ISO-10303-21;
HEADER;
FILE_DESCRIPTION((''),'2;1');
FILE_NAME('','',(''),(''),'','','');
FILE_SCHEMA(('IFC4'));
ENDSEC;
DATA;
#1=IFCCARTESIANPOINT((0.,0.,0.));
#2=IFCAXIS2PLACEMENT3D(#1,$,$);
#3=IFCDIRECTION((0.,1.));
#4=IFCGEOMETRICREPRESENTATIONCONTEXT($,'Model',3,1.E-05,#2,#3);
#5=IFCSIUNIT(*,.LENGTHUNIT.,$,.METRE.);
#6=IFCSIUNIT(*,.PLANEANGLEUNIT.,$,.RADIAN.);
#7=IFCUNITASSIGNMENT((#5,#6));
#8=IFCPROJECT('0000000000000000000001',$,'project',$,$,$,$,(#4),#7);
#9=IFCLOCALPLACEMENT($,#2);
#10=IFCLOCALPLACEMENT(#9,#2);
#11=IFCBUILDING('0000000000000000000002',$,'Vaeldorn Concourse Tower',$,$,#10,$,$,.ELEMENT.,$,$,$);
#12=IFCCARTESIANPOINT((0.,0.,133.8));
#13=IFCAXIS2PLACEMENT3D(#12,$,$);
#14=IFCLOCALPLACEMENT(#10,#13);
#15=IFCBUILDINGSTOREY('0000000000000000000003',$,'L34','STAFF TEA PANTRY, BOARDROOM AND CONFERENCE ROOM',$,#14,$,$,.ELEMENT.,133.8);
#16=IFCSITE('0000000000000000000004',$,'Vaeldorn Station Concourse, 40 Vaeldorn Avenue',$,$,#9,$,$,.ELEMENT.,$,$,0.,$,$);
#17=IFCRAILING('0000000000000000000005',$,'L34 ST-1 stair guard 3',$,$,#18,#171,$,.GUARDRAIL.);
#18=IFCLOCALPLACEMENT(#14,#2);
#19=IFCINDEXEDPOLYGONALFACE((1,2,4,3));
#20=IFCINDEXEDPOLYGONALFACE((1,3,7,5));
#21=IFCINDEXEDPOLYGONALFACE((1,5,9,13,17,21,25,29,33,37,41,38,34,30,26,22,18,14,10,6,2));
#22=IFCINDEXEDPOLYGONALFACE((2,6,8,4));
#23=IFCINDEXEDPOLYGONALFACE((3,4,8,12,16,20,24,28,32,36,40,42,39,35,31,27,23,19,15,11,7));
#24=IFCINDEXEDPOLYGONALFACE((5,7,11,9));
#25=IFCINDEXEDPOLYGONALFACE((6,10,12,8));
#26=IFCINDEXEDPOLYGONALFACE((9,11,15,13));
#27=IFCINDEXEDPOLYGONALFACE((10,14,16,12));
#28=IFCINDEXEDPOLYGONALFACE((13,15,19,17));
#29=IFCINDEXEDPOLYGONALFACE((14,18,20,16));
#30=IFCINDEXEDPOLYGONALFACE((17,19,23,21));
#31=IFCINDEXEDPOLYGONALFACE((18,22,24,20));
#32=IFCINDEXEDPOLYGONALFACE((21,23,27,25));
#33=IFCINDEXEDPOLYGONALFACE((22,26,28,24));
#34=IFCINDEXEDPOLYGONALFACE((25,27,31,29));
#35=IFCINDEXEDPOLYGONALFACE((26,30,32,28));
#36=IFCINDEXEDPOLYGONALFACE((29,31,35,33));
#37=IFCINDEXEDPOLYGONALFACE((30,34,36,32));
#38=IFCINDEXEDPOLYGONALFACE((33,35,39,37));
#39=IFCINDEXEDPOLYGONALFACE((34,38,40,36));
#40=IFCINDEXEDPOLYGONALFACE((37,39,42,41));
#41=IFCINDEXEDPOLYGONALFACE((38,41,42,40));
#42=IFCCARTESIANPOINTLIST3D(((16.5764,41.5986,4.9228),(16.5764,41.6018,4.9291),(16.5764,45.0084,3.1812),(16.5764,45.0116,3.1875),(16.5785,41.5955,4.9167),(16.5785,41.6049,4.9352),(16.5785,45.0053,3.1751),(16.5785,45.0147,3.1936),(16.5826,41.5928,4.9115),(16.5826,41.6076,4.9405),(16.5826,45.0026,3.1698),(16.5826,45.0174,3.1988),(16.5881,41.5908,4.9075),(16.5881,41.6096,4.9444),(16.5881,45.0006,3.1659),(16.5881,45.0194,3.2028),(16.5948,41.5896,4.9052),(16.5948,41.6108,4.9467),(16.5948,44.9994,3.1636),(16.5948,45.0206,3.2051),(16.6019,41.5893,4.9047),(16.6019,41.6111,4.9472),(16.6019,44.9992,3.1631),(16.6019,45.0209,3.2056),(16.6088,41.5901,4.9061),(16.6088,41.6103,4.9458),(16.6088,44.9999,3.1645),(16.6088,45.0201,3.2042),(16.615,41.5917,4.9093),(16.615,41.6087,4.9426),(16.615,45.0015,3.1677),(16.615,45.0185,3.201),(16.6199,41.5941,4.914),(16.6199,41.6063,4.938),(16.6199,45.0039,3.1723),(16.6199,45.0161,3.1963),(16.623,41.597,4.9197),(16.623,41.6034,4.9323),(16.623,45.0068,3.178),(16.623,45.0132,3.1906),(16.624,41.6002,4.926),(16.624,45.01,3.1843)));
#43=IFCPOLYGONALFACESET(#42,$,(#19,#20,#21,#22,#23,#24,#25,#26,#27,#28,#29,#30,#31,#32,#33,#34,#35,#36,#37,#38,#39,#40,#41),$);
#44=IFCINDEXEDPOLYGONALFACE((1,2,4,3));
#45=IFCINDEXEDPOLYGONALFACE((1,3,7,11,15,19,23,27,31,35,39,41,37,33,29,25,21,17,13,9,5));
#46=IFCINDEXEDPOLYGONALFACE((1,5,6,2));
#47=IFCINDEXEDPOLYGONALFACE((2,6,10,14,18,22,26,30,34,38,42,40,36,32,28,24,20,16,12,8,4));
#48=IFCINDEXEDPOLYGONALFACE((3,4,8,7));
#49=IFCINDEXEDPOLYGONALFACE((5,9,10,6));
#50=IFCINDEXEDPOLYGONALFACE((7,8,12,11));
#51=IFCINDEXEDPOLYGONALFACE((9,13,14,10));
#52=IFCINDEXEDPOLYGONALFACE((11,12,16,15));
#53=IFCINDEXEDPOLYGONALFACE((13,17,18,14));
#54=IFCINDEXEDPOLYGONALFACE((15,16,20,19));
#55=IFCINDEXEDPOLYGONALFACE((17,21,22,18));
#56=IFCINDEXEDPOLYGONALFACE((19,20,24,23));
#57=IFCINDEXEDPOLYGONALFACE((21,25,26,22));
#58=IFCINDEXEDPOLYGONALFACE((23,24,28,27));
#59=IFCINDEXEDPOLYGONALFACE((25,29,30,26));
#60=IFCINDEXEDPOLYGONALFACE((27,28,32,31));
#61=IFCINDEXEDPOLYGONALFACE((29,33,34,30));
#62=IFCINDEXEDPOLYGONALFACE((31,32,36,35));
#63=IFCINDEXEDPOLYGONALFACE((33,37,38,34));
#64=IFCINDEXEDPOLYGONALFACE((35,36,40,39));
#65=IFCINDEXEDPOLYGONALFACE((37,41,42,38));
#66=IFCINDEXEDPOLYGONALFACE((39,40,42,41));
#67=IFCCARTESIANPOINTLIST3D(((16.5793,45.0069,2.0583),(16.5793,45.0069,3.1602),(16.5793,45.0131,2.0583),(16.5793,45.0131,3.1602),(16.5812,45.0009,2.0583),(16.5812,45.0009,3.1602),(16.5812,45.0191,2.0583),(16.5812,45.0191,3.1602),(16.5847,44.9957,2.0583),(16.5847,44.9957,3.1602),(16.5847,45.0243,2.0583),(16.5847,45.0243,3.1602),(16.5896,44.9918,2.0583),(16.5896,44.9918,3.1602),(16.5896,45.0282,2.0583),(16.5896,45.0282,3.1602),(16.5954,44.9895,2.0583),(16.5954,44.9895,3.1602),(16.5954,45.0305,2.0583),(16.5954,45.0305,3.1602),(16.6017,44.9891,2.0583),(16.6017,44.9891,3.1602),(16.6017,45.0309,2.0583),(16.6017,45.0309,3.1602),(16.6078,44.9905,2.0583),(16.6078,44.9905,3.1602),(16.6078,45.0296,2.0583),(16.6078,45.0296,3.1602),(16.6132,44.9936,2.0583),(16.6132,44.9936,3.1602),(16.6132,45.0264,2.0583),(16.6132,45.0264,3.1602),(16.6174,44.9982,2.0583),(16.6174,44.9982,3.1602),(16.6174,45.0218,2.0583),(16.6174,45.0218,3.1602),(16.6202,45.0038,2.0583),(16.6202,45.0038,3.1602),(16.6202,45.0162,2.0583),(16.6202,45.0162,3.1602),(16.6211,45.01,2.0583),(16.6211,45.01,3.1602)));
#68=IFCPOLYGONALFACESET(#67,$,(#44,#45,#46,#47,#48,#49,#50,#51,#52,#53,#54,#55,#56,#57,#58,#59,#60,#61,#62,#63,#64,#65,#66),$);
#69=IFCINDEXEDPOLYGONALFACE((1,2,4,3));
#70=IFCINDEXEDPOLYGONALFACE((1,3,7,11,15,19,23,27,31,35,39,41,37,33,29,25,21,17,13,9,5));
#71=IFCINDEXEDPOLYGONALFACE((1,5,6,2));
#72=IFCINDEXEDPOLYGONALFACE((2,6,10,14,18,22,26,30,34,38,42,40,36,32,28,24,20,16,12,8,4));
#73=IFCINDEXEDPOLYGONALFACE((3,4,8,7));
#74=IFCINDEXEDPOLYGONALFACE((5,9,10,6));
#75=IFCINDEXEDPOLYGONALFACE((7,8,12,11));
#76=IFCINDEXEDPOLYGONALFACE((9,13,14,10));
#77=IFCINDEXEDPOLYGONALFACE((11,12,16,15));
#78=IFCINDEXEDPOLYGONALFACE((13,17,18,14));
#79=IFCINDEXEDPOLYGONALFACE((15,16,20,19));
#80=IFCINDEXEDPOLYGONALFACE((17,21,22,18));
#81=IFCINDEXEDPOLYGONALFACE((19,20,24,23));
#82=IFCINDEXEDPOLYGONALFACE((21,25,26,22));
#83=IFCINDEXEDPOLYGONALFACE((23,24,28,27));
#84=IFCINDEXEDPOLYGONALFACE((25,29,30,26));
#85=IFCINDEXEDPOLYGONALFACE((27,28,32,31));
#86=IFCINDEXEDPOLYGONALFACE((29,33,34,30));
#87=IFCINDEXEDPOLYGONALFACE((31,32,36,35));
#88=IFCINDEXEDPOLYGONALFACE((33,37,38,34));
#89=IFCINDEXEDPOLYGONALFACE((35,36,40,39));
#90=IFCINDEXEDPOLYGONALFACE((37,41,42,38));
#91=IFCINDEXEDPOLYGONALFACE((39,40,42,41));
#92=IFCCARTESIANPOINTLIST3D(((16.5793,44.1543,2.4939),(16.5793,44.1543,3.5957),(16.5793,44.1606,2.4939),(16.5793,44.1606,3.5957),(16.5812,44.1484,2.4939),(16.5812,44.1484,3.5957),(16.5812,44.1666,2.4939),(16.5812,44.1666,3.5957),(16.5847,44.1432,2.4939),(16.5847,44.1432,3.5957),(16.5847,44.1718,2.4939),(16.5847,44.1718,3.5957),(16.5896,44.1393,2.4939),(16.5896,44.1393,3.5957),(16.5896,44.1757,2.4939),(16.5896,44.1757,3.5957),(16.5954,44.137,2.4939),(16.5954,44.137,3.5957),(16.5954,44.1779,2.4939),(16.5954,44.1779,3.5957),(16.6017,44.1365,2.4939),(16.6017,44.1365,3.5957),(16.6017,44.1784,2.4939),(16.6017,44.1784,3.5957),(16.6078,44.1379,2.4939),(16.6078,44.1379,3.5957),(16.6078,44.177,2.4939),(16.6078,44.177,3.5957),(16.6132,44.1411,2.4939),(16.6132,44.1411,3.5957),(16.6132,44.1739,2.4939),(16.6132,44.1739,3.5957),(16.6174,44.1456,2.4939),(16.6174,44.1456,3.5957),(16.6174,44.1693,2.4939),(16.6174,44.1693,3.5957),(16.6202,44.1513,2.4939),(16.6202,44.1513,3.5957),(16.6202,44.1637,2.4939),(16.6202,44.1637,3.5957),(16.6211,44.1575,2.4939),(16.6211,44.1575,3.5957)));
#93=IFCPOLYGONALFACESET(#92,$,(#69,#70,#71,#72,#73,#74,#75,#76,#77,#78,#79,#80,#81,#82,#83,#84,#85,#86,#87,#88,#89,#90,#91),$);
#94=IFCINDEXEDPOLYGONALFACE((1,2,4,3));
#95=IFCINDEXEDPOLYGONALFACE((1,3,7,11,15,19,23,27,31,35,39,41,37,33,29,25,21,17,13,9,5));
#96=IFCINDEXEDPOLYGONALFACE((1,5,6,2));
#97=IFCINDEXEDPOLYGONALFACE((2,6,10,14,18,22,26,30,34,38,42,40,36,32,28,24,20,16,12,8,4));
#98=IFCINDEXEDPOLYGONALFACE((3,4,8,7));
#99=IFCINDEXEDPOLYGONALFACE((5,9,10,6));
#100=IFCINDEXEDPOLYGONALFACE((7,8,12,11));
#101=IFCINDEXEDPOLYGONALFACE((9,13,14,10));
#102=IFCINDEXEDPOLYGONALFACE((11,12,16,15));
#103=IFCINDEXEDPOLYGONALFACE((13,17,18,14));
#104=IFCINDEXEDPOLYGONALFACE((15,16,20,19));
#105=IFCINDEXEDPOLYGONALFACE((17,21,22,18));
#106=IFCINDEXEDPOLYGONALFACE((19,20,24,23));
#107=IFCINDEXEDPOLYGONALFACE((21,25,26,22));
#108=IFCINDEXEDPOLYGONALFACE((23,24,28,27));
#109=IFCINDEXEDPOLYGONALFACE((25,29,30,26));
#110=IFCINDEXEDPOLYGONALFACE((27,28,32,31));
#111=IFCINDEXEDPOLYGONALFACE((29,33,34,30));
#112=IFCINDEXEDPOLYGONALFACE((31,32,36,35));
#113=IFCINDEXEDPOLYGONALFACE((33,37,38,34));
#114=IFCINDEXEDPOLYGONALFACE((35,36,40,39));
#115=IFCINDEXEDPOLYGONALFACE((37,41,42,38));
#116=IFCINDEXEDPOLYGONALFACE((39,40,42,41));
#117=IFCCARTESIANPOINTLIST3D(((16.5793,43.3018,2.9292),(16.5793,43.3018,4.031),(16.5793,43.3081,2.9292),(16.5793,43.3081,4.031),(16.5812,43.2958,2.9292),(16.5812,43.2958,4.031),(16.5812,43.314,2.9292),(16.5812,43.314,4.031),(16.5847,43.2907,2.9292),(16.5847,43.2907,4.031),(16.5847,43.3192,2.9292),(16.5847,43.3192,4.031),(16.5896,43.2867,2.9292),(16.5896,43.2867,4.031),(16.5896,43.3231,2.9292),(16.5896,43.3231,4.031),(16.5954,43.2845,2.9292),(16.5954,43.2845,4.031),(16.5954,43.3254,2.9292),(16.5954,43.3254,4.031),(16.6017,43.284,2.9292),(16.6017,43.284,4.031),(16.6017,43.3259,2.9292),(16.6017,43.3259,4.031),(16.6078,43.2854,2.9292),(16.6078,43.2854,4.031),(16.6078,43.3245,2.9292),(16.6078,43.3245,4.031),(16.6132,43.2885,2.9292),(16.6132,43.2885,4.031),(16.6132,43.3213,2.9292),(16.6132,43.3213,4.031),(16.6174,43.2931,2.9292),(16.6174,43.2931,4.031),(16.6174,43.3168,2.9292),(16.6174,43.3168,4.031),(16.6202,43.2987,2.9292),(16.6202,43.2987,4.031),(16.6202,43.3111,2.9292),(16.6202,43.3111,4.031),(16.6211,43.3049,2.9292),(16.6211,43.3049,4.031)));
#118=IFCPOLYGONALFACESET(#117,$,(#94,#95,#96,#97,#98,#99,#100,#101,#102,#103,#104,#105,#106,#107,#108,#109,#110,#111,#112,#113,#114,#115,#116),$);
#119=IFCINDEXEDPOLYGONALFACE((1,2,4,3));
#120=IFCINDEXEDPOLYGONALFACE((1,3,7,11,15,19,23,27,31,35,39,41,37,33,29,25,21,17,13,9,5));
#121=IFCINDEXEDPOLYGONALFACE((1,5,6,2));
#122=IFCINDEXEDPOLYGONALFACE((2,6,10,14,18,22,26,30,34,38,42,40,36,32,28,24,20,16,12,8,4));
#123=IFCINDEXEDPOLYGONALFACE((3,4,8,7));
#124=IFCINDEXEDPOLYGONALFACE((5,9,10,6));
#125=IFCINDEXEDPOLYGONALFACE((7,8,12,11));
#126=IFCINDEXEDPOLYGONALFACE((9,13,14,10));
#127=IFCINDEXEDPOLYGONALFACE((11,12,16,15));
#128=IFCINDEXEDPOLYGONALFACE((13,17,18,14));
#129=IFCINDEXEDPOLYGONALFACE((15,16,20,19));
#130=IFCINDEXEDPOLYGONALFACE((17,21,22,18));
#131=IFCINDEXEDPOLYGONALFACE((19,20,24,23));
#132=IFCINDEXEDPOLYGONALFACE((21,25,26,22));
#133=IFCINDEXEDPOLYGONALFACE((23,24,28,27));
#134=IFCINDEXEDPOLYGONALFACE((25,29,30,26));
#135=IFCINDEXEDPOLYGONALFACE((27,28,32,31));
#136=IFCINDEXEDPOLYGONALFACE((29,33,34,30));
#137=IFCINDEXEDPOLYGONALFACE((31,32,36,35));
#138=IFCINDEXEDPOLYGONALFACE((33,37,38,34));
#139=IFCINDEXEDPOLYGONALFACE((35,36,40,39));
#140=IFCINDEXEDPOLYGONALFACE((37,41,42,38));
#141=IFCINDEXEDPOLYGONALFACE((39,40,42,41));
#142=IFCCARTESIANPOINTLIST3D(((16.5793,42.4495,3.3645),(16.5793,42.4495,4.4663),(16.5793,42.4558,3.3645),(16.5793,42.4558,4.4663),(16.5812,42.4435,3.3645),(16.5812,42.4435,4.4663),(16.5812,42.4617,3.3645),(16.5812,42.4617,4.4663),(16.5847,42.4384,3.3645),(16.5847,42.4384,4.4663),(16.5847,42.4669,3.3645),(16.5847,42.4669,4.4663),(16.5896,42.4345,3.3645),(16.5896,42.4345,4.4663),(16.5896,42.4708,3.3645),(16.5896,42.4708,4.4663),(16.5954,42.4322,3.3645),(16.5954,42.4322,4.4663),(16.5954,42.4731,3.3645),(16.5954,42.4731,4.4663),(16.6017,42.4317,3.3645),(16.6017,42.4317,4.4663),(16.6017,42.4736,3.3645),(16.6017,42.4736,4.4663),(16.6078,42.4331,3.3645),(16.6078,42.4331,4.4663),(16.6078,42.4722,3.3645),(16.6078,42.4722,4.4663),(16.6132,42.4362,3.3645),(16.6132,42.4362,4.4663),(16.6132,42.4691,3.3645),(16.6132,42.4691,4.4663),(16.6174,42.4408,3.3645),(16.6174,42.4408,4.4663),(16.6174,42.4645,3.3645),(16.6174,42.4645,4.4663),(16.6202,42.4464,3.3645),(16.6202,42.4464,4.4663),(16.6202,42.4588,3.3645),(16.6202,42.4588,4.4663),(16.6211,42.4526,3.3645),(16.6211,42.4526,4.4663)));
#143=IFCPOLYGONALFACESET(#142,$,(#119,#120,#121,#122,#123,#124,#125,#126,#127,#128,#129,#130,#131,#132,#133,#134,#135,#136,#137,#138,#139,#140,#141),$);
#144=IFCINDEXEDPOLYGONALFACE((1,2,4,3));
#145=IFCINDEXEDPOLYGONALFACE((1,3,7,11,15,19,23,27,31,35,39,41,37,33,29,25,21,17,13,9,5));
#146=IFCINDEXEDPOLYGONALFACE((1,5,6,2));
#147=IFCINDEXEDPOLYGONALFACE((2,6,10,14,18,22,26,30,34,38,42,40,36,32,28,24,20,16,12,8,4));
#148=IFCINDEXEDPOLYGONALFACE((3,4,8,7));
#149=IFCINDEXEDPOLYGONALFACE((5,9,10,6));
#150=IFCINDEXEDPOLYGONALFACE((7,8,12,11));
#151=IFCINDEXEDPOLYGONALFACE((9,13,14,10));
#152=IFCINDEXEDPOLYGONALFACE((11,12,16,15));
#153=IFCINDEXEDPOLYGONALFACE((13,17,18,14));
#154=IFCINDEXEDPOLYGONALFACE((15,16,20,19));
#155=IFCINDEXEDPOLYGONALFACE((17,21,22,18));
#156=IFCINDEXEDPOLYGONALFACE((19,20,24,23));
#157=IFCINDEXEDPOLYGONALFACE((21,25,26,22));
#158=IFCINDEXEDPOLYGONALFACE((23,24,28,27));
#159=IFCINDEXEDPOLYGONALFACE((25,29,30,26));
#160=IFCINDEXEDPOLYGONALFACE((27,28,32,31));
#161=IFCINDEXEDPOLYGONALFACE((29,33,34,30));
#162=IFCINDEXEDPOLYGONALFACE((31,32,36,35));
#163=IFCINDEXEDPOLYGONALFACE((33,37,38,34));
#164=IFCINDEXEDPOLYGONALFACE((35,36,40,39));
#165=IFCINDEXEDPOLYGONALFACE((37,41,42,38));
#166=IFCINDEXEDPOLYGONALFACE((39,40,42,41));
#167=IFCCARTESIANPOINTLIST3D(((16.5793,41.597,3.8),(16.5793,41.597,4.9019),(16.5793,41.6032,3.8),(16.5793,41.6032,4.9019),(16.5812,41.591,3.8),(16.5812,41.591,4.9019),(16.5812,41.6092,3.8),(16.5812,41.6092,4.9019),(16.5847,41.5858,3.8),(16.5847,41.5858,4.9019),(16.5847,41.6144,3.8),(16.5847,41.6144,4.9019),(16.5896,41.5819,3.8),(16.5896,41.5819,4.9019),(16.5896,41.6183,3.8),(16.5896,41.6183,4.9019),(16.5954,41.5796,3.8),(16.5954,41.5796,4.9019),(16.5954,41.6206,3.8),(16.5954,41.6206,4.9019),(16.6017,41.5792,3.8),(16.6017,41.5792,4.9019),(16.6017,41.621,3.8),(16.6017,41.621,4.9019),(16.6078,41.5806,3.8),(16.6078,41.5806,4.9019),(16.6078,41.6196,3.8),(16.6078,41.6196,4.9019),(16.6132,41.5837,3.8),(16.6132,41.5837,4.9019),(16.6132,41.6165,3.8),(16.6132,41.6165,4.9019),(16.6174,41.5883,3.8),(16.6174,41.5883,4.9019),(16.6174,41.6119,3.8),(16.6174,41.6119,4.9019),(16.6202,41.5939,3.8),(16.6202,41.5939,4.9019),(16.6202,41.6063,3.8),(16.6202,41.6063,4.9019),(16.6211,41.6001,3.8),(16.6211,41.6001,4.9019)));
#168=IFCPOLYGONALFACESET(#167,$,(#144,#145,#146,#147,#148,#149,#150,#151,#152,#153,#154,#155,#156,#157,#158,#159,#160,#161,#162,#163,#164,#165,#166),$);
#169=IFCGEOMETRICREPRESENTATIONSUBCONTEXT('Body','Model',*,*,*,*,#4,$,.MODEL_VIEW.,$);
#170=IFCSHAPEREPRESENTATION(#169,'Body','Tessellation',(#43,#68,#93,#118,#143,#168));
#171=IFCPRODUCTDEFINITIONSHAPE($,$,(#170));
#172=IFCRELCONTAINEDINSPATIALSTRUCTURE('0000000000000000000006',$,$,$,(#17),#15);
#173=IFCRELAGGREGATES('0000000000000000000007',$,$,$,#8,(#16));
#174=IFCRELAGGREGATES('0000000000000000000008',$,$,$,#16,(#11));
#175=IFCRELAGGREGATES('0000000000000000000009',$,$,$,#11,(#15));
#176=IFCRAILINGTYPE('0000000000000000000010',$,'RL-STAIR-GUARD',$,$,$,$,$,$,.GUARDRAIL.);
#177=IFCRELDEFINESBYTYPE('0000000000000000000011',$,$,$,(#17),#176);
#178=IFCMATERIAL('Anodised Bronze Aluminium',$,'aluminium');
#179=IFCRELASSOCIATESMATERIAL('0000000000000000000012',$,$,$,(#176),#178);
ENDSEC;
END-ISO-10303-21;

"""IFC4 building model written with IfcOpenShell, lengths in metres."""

from ifc_helpers import new_model, si_unit, direction, frame, origin, origin_2d, place, context, subcontext, project, spatial, circle, extrude, material, type_object, element, save


model = new_model("IFC4")

# Units and contexts
model_context = context("Model", 3, precision=1e-05, world=origin(), true_north=direction((0.0, 1.0)))
body_context = subcontext(model_context, "Body", "Model", "MODEL_VIEW")
ifc_project = project(units=[si_unit("LENGTHUNIT", "METRE"), si_unit("PLANEANGLEUNIT", "RADIAN")], contexts=[model_context])

# Site, building, storey
site_placement = place(None, origin())
site = spatial("IfcSite", under=ifc_project, at=site_placement, Name="Vaeldorn Station Concourse, 40 Vaeldorn Avenue", CompositionType="ELEMENT", RefElevation=0.0)
building_placement = place(site_placement, origin())
building = spatial("IfcBuilding", under=site, at=building_placement, Name="Vaeldorn Concourse Tower", CompositionType="ELEMENT")
storey_placement = place(building_placement, frame((0.0, 0.0, 133.8)))
storey = spatial("IfcBuildingStorey", under=building, at=storey_placement, Name="L34", Description="STAFF TEA PANTRY, BOARDROOM AND CONFERENCE ROOM", CompositionType="ELEMENT", Elevation=133.8)

# Shared definitions
ifc_material_1 = material(Name="Anodised Bronze Aluminium", Category="aluminium")

# Railing
railing_type_1 = type_object("IfcRailingType", Name="RL-STAIR-GUARD", PredefinedType="GUARDRAIL", material=ifc_material_1)
railing_1_placement = place(storey_placement, frame((16.6001, 45.01, 2.0583)))
element("IfcRailing", 1, at=railing_1_placement, inside=storey, type_object=railing_type_1, Name="L34 ST-1 stair guard 3", PredefinedType="GUARDRAIL", context=body_context, shape_type="SweptSolid", body=[
    extrude(circle(Radius=0.0239, at=origin_2d()), frame((0.0, 0.0, 1.126), z_axis=(0.0, -0.890556, 0.454874), x_axis=(1.0, 0.0, 0.0)), (0.0, 0.0, 1.0), 3.8289),
    extrude(circle(Radius=0.021, at=origin_2d()), origin(), (0.0, 0.0, 1.0), 1.1018),
    extrude(circle(Radius=0.021, at=origin_2d()), frame((0.0, -0.8525, 0.4355)), (0.0, 0.0, 1.0), 1.1018),
    extrude(circle(Radius=0.021, at=origin_2d()), frame((0.0, -1.7051, 0.8708)), (0.0, 0.0, 1.0), 1.1018),
    extrude(circle(Radius=0.021, at=origin_2d()), frame((0.0, -2.5574, 1.3062)), (0.0, 0.0, 1.0), 1.1018),
    extrude(circle(Radius=0.021, at=origin_2d()), frame((0.0, -3.4099, 1.7417)), (0.0, 0.0, 1.0), 1.1018),
])

save(model, "model.ifc")
